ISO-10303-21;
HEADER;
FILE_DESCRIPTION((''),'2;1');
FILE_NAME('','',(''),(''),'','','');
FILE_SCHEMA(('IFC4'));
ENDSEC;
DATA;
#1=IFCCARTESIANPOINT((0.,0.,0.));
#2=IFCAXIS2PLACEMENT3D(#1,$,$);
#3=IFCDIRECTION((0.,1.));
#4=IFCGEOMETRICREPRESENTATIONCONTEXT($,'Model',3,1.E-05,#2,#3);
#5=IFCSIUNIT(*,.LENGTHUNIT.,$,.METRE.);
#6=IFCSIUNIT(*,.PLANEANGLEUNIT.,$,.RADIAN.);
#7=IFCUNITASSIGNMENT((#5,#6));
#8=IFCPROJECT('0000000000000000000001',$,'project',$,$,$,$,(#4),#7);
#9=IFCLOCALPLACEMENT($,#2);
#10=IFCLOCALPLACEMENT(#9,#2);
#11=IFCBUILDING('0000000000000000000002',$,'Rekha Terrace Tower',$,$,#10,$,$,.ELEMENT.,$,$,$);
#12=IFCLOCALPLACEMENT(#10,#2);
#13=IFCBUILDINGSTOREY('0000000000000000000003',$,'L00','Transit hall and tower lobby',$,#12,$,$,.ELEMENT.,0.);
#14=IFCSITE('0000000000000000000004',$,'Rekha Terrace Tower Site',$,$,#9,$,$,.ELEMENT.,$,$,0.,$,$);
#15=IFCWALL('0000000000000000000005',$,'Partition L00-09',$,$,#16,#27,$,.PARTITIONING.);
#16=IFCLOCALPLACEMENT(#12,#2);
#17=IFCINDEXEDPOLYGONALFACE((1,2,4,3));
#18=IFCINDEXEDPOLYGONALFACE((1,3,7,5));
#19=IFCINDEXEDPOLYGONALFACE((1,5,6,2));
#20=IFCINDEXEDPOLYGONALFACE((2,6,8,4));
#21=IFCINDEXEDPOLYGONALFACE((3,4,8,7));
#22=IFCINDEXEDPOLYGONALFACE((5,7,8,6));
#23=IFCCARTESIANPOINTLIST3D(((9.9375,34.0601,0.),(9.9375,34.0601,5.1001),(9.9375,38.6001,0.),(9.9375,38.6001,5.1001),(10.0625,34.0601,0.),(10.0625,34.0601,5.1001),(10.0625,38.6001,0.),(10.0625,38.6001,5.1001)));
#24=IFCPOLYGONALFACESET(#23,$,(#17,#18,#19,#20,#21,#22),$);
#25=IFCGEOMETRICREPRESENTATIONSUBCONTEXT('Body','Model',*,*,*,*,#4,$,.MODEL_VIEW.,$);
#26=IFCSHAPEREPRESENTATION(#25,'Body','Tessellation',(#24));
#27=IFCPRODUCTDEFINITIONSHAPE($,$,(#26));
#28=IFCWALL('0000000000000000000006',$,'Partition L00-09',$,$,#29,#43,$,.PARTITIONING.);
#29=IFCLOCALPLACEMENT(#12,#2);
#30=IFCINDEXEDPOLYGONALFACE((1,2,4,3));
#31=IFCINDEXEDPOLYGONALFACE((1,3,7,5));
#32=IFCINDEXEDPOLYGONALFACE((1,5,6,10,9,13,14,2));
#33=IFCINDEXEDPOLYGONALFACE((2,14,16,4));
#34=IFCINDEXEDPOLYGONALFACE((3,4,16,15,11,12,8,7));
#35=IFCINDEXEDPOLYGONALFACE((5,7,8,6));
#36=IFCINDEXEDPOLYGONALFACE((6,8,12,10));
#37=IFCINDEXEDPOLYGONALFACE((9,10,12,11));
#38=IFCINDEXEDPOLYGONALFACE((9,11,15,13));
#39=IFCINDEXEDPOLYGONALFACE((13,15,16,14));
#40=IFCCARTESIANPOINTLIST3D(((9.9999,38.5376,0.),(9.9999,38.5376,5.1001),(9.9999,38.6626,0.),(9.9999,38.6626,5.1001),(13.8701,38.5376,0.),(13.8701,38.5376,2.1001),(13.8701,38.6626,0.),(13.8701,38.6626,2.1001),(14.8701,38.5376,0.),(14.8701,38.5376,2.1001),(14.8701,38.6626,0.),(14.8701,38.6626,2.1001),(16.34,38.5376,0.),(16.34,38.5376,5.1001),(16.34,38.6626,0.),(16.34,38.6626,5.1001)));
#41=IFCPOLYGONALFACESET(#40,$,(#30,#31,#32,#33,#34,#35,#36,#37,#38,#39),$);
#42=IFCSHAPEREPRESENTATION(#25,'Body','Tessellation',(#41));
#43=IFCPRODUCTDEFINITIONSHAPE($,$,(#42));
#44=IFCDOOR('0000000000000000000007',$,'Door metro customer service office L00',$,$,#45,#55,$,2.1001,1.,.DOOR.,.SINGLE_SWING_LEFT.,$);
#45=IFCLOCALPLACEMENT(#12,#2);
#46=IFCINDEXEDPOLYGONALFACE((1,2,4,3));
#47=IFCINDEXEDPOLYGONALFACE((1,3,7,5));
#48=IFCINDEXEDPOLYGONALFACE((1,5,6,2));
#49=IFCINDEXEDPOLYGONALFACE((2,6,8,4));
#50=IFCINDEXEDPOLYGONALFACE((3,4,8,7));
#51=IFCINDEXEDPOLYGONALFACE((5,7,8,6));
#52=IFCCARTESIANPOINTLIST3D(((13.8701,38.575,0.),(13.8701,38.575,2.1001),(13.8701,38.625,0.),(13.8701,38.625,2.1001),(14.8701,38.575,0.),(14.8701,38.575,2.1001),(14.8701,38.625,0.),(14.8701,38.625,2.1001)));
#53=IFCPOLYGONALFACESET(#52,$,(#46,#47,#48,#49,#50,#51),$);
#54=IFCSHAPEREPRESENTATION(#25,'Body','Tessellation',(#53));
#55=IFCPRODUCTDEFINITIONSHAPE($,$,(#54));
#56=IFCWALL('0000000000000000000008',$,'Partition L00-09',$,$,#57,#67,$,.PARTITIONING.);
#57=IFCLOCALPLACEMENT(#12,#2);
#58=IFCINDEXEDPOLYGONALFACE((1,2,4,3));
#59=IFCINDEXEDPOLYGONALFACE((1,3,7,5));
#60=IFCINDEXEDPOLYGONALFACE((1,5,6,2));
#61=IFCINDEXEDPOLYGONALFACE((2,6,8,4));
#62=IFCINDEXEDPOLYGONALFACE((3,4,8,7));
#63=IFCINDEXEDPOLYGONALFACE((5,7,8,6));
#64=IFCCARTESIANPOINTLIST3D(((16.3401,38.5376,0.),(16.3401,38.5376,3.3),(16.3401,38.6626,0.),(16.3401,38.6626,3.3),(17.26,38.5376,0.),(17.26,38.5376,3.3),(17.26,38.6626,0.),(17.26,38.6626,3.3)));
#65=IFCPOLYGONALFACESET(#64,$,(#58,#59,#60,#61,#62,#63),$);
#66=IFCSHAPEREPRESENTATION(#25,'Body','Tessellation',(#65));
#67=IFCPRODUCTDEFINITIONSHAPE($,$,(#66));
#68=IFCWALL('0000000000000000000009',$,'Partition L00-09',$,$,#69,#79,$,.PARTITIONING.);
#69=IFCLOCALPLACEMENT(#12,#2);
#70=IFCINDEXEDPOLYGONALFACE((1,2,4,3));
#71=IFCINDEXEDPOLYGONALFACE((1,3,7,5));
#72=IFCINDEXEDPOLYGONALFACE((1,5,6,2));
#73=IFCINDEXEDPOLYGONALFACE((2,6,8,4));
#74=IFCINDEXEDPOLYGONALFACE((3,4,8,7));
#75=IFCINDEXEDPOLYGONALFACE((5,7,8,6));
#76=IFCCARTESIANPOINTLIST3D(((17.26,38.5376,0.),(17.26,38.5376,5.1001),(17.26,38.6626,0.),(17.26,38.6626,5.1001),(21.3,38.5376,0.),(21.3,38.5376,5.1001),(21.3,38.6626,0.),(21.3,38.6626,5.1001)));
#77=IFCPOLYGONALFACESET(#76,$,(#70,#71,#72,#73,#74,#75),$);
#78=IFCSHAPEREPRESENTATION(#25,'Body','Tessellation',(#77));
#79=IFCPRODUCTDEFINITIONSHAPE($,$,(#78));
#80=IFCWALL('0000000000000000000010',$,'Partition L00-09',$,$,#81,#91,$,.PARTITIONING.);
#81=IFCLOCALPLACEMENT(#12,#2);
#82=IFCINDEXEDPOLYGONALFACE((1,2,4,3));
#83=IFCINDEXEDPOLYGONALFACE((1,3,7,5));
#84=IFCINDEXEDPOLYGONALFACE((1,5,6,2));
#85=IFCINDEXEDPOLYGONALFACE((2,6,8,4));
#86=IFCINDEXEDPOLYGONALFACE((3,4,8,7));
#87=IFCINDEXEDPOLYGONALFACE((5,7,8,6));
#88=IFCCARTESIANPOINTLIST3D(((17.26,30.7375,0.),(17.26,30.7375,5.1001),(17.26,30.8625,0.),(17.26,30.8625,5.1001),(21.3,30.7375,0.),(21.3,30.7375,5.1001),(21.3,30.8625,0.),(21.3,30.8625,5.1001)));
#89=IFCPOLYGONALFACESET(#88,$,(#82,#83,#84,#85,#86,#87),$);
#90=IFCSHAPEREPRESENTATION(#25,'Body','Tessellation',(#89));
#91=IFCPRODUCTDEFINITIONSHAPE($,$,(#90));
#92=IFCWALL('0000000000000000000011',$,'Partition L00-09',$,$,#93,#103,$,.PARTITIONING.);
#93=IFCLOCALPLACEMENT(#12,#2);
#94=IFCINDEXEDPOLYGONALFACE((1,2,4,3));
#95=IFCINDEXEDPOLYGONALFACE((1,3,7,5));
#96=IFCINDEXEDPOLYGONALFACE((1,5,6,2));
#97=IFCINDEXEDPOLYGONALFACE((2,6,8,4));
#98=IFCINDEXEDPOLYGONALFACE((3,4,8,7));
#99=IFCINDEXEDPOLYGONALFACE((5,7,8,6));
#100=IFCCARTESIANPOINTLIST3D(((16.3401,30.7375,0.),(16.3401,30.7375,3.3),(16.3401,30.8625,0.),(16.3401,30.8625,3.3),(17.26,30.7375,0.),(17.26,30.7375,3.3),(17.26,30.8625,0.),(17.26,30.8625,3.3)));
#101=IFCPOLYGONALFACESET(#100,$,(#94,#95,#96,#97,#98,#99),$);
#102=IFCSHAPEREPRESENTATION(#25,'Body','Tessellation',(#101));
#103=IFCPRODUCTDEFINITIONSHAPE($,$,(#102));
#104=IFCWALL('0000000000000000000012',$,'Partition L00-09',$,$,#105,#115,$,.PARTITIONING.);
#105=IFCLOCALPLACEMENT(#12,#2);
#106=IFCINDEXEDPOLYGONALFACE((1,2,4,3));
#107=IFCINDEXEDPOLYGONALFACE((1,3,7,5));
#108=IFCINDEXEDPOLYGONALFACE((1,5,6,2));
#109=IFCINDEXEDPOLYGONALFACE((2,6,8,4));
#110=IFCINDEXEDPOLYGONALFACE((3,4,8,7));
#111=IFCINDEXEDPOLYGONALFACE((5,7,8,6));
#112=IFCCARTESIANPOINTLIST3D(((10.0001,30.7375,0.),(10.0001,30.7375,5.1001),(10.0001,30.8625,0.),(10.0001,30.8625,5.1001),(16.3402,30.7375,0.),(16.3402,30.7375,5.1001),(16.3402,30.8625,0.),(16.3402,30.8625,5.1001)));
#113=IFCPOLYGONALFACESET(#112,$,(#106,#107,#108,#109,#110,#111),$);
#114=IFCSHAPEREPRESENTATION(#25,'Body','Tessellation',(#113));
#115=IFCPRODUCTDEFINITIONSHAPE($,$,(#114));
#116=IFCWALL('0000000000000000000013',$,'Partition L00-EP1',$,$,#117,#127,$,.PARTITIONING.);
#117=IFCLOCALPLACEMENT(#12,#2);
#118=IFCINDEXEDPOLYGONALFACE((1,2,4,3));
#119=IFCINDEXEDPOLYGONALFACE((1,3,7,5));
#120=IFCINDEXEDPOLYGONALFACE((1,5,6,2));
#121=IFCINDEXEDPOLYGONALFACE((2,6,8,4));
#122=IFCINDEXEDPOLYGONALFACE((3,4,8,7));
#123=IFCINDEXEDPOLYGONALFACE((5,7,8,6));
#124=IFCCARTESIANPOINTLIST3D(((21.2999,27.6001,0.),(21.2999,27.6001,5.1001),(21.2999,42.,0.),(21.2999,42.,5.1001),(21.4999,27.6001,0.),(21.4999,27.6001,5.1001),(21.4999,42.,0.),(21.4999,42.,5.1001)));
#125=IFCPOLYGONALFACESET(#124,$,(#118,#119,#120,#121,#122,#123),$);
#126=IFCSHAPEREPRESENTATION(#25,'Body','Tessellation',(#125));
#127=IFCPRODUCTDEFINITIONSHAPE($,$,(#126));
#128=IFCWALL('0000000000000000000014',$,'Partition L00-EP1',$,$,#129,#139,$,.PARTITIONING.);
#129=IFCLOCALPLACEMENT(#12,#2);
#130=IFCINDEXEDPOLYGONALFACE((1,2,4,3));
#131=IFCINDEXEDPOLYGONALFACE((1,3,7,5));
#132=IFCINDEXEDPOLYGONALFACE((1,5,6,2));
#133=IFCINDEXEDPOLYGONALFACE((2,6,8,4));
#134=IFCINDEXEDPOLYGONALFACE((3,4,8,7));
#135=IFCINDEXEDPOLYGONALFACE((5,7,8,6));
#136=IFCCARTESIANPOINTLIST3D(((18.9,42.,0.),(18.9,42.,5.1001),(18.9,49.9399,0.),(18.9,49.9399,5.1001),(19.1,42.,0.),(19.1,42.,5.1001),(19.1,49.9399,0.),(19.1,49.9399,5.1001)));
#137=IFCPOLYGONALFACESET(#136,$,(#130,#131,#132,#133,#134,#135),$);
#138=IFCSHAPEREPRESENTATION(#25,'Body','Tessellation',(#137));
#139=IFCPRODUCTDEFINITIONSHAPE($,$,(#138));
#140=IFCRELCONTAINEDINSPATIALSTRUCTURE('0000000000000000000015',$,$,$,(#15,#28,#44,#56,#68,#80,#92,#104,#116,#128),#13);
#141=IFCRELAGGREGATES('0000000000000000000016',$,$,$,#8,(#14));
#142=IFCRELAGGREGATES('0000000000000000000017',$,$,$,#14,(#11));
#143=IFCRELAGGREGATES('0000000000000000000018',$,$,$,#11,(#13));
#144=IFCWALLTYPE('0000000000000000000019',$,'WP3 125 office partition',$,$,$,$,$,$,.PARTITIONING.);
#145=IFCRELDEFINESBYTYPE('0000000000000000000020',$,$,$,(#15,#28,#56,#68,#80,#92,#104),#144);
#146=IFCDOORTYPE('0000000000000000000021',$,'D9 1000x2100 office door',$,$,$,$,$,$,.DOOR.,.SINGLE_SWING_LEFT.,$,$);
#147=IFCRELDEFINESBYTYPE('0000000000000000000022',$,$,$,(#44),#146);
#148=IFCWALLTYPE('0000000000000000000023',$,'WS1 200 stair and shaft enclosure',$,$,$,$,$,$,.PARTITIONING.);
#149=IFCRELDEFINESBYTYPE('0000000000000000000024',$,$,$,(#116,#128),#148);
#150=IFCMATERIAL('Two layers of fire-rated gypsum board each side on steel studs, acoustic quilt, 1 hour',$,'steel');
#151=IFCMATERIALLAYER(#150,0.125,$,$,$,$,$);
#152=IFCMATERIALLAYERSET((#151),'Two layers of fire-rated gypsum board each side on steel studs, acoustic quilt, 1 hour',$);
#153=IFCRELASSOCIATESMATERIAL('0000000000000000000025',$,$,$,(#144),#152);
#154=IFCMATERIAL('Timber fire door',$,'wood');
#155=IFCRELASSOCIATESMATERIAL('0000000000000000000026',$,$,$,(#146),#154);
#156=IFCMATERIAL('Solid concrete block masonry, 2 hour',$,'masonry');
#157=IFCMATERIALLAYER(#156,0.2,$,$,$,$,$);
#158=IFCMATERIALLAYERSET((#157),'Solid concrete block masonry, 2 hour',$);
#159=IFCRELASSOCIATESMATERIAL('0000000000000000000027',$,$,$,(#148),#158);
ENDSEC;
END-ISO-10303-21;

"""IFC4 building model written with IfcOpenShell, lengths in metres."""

from ifc_helpers import new_model, si_unit, direction, frame, frame_2d, origin, place, context, subcontext, project, spatial, rectangle, extrude, material, layer, layer_set, type_object, element, fill, save


model = new_model("IFC4")

# Units and contexts
model_context = context("Model", 3, precision=1e-05, world=origin(), true_north=direction((0.0, 1.0)))
body_context = subcontext(model_context, "Body", "Model", "MODEL_VIEW")
ifc_project = project(units=[si_unit("LENGTHUNIT", "METRE"), si_unit("PLANEANGLEUNIT", "RADIAN")], contexts=[model_context])

# Site, building, storey
site_placement = place(None, origin())
site = spatial("IfcSite", under=ifc_project, at=site_placement, Name="Rekha Terrace Tower Site", CompositionType="ELEMENT", RefElevation=0.0)
building_placement = place(site_placement, origin())
building = spatial("IfcBuilding", under=site, at=building_placement, Name="Rekha Terrace Tower", CompositionType="ELEMENT")
storey_placement = place(building_placement, origin())
storey = spatial("IfcBuildingStorey", under=building, at=storey_placement, Name="L00", Description="Transit hall and tower lobby", CompositionType="ELEMENT", Elevation=0.0)

# Wall
ifc_material_1 = material(Name="Two layers of fire-rated gypsum board each side on steel studs, acoustic quilt, 1 hour", Category="steel")
ifc_layer_1 = layer(ifc_material_1, 0.125)
ifc_layer_set_1 = layer_set([ifc_layer_1], Name="Two layers of fire-rated gypsum board each side on steel studs, acoustic quilt, 1 hour")
wall_type_1 = type_object("IfcWallType", Name="WP3 125 office partition", PredefinedType="PARTITIONING", material=ifc_layer_set_1)
wall_1_placement = place(storey_placement, frame((10.0, 34.0601, 0.0), z_axis=(0.0, 0.0, 1.0), x_axis=(0.0, 1.0, 0.0)))
element("IfcWall", 1, at=wall_1_placement, inside=storey, type_object=wall_type_1, Name="Partition L00-09", PredefinedType="PARTITIONING", context=body_context, shape_type="SweptSolid", body=[
    extrude(rectangle(XDim=4.54, YDim=0.125, at=frame_2d((2.27, 0.0))), origin(), (0.0, 0.0, 1.0), 5.1001),
])

# Wall, opening, door
wall_2_placement = place(storey_placement, frame((10.0, 38.6001, 0.0), z_axis=(0.0, 0.0, 1.0), x_axis=(1.0, 0.0, 0.0)))
wall_2 = element("IfcWall", 2, at=wall_2_placement, inside=storey, type_object=wall_type_1, Name="Partition L00-09", PredefinedType="PARTITIONING", context=body_context, shape_type="SweptSolid", body=[
    extrude(rectangle(XDim=6.3401, YDim=0.125, at=frame_2d((3.1699, 0.0))), origin(), (0.0, 0.0, 1.0), 5.1001),
])
opening_1_placement = place(wall_2_placement, frame((3.8701, 0.0, 0.0)))
opening_1 = element("IfcOpeningElement", 3, at=opening_1_placement, cuts=wall_2, PredefinedType="OPENING", context=body_context, shape_type="SweptSolid", body=[
    extrude(rectangle(XDim=1.0, YDim=2.1001, at=frame_2d((0.5, 1.05))), frame((0.0, 0.0725, 0.0), z_axis=(0.0, -1.0, 0.0), x_axis=(1.0, 0.0, 0.0)), (0.0, 0.0, 1.0), 0.145),
])
ifc_material_2 = material(Name="Timber fire door", Category="wood")
door_type_1 = type_object("IfcDoorType", Name="D9 1000x2100 office door", OperationType="SINGLE_SWING_LEFT", PredefinedType="DOOR", material=ifc_material_2)
door_1_placement = place(opening_1_placement, origin())
door_1 = element("IfcDoor", 4, at=door_1_placement, inside=storey, type_object=door_type_1, Name="Door metro customer service office L00", OperationType="SINGLE_SWING_LEFT", OverallHeight=2.1001, OverallWidth=1.0, PredefinedType="DOOR", context=body_context, shape_type="SweptSolid", body=[
    extrude(rectangle(XDim=1.0, YDim=2.1001, at=frame_2d((0.5, 1.05))), frame((0.0, 0.0249, 0.0), z_axis=(0.0, -1.0, 0.0), x_axis=(1.0, 0.0, 0.0)), (0.0, 0.0, 1.0), 0.05),
])
fill(opening_1, door_1)

# Walls
wall_3_placement = place(storey_placement, frame((16.3401, 38.6001, 0.0), z_axis=(0.0, 0.0, 1.0), x_axis=(1.0, 0.0, 0.0)))
element("IfcWall", 5, at=wall_3_placement, inside=storey, type_object=wall_type_1, Name="Partition L00-09", PredefinedType="PARTITIONING", context=body_context, shape_type="SweptSolid", body=[
    extrude(rectangle(XDim=0.9199, YDim=0.125, at=frame_2d((0.46, 0.0))), origin(), (0.0, 0.0, 1.0), 3.3),
])
for number, where, z_axis, x_axis, name in (
    (6, (17.26, 38.6001, 0.0), (0.0, 0.0, 1.0), (1.0, 0.0, 0.0), "Partition L00-09"),
    (7, (21.3, 30.8, 0.0), (0.0, 0.0, 1.0), (-1.0, 0.0, 0.0), "Partition L00-09"),
):
    element("IfcWall", number, at=place(storey_placement, frame(where, z_axis=z_axis, x_axis=x_axis)), inside=storey, type_object=wall_type_1, Name=name, PredefinedType="PARTITIONING", context=body_context, shape_type="SweptSolid", body=[
        extrude(rectangle(XDim=4.04, YDim=0.125, at=frame_2d((2.02, 0.0))), origin(), (0.0, 0.0, 1.0), 5.1001),
    ])
wall_4_placement = place(storey_placement, frame((17.26, 30.8, 0.0), z_axis=(0.0, 0.0, 1.0), x_axis=(-1.0, 0.0, 0.0)))
element("IfcWall", 8, at=wall_4_placement, inside=storey, type_object=wall_type_1, Name="Partition L00-09", PredefinedType="PARTITIONING", context=body_context, shape_type="SweptSolid", body=[
    extrude(rectangle(XDim=0.9199, YDim=0.125, at=frame_2d((0.46, 0.0))), origin(), (0.0, 0.0, 1.0), 3.3),
])
wall_5_placement = place(storey_placement, frame((16.3401, 30.8, 0.0), z_axis=(0.0, 0.0, 1.0), x_axis=(-1.0, 0.0, 0.0)))
element("IfcWall", 9, at=wall_5_placement, inside=storey, type_object=wall_type_1, Name="Partition L00-09", PredefinedType="PARTITIONING", context=body_context, shape_type="SweptSolid", body=[
    extrude(rectangle(XDim=6.3401, YDim=0.125, at=frame_2d((3.1699, 0.0))), origin(), (0.0, 0.0, 1.0), 5.1001),
])
ifc_material_3 = material(Name="Solid concrete block masonry, 2 hour", Category="masonry")
ifc_layer_2 = layer(ifc_material_3, 0.2)
ifc_layer_set_2 = layer_set([ifc_layer_2], Name="Solid concrete block masonry, 2 hour")
wall_type_2 = type_object("IfcWallType", Name="WS1 200 stair and shaft enclosure", PredefinedType="PARTITIONING", material=ifc_layer_set_2)
wall_6_placement = place(storey_placement, frame((21.3999, 27.6001, 0.0), z_axis=(0.0, 0.0, 1.0), x_axis=(0.0, 1.0, 0.0)))
element("IfcWall", 10, at=wall_6_placement, inside=storey, type_object=wall_type_2, Name="Partition L00-EP1", PredefinedType="PARTITIONING", context=body_context, shape_type="SweptSolid", body=[
    extrude(rectangle(XDim=14.3999, YDim=0.2, at=frame_2d((7.2, 0.0))), origin(), (0.0, 0.0, 1.0), 5.1001),
])
wall_7_placement = place(storey_placement, frame((19.0, 42.0, 0.0), z_axis=(0.0, 0.0, 1.0), x_axis=(0.0, 1.0, 0.0)))
element("IfcWall", 11, at=wall_7_placement, inside=storey, type_object=wall_type_2, Name="Partition L00-EP1", PredefinedType="PARTITIONING", context=body_context, shape_type="SweptSolid", body=[
    extrude(rectangle(XDim=7.9399, YDim=0.2, at=frame_2d((3.97, 0.0))), origin(), (0.0, 0.0, 1.0), 5.1001),
])

save(model, "model.ifc")
